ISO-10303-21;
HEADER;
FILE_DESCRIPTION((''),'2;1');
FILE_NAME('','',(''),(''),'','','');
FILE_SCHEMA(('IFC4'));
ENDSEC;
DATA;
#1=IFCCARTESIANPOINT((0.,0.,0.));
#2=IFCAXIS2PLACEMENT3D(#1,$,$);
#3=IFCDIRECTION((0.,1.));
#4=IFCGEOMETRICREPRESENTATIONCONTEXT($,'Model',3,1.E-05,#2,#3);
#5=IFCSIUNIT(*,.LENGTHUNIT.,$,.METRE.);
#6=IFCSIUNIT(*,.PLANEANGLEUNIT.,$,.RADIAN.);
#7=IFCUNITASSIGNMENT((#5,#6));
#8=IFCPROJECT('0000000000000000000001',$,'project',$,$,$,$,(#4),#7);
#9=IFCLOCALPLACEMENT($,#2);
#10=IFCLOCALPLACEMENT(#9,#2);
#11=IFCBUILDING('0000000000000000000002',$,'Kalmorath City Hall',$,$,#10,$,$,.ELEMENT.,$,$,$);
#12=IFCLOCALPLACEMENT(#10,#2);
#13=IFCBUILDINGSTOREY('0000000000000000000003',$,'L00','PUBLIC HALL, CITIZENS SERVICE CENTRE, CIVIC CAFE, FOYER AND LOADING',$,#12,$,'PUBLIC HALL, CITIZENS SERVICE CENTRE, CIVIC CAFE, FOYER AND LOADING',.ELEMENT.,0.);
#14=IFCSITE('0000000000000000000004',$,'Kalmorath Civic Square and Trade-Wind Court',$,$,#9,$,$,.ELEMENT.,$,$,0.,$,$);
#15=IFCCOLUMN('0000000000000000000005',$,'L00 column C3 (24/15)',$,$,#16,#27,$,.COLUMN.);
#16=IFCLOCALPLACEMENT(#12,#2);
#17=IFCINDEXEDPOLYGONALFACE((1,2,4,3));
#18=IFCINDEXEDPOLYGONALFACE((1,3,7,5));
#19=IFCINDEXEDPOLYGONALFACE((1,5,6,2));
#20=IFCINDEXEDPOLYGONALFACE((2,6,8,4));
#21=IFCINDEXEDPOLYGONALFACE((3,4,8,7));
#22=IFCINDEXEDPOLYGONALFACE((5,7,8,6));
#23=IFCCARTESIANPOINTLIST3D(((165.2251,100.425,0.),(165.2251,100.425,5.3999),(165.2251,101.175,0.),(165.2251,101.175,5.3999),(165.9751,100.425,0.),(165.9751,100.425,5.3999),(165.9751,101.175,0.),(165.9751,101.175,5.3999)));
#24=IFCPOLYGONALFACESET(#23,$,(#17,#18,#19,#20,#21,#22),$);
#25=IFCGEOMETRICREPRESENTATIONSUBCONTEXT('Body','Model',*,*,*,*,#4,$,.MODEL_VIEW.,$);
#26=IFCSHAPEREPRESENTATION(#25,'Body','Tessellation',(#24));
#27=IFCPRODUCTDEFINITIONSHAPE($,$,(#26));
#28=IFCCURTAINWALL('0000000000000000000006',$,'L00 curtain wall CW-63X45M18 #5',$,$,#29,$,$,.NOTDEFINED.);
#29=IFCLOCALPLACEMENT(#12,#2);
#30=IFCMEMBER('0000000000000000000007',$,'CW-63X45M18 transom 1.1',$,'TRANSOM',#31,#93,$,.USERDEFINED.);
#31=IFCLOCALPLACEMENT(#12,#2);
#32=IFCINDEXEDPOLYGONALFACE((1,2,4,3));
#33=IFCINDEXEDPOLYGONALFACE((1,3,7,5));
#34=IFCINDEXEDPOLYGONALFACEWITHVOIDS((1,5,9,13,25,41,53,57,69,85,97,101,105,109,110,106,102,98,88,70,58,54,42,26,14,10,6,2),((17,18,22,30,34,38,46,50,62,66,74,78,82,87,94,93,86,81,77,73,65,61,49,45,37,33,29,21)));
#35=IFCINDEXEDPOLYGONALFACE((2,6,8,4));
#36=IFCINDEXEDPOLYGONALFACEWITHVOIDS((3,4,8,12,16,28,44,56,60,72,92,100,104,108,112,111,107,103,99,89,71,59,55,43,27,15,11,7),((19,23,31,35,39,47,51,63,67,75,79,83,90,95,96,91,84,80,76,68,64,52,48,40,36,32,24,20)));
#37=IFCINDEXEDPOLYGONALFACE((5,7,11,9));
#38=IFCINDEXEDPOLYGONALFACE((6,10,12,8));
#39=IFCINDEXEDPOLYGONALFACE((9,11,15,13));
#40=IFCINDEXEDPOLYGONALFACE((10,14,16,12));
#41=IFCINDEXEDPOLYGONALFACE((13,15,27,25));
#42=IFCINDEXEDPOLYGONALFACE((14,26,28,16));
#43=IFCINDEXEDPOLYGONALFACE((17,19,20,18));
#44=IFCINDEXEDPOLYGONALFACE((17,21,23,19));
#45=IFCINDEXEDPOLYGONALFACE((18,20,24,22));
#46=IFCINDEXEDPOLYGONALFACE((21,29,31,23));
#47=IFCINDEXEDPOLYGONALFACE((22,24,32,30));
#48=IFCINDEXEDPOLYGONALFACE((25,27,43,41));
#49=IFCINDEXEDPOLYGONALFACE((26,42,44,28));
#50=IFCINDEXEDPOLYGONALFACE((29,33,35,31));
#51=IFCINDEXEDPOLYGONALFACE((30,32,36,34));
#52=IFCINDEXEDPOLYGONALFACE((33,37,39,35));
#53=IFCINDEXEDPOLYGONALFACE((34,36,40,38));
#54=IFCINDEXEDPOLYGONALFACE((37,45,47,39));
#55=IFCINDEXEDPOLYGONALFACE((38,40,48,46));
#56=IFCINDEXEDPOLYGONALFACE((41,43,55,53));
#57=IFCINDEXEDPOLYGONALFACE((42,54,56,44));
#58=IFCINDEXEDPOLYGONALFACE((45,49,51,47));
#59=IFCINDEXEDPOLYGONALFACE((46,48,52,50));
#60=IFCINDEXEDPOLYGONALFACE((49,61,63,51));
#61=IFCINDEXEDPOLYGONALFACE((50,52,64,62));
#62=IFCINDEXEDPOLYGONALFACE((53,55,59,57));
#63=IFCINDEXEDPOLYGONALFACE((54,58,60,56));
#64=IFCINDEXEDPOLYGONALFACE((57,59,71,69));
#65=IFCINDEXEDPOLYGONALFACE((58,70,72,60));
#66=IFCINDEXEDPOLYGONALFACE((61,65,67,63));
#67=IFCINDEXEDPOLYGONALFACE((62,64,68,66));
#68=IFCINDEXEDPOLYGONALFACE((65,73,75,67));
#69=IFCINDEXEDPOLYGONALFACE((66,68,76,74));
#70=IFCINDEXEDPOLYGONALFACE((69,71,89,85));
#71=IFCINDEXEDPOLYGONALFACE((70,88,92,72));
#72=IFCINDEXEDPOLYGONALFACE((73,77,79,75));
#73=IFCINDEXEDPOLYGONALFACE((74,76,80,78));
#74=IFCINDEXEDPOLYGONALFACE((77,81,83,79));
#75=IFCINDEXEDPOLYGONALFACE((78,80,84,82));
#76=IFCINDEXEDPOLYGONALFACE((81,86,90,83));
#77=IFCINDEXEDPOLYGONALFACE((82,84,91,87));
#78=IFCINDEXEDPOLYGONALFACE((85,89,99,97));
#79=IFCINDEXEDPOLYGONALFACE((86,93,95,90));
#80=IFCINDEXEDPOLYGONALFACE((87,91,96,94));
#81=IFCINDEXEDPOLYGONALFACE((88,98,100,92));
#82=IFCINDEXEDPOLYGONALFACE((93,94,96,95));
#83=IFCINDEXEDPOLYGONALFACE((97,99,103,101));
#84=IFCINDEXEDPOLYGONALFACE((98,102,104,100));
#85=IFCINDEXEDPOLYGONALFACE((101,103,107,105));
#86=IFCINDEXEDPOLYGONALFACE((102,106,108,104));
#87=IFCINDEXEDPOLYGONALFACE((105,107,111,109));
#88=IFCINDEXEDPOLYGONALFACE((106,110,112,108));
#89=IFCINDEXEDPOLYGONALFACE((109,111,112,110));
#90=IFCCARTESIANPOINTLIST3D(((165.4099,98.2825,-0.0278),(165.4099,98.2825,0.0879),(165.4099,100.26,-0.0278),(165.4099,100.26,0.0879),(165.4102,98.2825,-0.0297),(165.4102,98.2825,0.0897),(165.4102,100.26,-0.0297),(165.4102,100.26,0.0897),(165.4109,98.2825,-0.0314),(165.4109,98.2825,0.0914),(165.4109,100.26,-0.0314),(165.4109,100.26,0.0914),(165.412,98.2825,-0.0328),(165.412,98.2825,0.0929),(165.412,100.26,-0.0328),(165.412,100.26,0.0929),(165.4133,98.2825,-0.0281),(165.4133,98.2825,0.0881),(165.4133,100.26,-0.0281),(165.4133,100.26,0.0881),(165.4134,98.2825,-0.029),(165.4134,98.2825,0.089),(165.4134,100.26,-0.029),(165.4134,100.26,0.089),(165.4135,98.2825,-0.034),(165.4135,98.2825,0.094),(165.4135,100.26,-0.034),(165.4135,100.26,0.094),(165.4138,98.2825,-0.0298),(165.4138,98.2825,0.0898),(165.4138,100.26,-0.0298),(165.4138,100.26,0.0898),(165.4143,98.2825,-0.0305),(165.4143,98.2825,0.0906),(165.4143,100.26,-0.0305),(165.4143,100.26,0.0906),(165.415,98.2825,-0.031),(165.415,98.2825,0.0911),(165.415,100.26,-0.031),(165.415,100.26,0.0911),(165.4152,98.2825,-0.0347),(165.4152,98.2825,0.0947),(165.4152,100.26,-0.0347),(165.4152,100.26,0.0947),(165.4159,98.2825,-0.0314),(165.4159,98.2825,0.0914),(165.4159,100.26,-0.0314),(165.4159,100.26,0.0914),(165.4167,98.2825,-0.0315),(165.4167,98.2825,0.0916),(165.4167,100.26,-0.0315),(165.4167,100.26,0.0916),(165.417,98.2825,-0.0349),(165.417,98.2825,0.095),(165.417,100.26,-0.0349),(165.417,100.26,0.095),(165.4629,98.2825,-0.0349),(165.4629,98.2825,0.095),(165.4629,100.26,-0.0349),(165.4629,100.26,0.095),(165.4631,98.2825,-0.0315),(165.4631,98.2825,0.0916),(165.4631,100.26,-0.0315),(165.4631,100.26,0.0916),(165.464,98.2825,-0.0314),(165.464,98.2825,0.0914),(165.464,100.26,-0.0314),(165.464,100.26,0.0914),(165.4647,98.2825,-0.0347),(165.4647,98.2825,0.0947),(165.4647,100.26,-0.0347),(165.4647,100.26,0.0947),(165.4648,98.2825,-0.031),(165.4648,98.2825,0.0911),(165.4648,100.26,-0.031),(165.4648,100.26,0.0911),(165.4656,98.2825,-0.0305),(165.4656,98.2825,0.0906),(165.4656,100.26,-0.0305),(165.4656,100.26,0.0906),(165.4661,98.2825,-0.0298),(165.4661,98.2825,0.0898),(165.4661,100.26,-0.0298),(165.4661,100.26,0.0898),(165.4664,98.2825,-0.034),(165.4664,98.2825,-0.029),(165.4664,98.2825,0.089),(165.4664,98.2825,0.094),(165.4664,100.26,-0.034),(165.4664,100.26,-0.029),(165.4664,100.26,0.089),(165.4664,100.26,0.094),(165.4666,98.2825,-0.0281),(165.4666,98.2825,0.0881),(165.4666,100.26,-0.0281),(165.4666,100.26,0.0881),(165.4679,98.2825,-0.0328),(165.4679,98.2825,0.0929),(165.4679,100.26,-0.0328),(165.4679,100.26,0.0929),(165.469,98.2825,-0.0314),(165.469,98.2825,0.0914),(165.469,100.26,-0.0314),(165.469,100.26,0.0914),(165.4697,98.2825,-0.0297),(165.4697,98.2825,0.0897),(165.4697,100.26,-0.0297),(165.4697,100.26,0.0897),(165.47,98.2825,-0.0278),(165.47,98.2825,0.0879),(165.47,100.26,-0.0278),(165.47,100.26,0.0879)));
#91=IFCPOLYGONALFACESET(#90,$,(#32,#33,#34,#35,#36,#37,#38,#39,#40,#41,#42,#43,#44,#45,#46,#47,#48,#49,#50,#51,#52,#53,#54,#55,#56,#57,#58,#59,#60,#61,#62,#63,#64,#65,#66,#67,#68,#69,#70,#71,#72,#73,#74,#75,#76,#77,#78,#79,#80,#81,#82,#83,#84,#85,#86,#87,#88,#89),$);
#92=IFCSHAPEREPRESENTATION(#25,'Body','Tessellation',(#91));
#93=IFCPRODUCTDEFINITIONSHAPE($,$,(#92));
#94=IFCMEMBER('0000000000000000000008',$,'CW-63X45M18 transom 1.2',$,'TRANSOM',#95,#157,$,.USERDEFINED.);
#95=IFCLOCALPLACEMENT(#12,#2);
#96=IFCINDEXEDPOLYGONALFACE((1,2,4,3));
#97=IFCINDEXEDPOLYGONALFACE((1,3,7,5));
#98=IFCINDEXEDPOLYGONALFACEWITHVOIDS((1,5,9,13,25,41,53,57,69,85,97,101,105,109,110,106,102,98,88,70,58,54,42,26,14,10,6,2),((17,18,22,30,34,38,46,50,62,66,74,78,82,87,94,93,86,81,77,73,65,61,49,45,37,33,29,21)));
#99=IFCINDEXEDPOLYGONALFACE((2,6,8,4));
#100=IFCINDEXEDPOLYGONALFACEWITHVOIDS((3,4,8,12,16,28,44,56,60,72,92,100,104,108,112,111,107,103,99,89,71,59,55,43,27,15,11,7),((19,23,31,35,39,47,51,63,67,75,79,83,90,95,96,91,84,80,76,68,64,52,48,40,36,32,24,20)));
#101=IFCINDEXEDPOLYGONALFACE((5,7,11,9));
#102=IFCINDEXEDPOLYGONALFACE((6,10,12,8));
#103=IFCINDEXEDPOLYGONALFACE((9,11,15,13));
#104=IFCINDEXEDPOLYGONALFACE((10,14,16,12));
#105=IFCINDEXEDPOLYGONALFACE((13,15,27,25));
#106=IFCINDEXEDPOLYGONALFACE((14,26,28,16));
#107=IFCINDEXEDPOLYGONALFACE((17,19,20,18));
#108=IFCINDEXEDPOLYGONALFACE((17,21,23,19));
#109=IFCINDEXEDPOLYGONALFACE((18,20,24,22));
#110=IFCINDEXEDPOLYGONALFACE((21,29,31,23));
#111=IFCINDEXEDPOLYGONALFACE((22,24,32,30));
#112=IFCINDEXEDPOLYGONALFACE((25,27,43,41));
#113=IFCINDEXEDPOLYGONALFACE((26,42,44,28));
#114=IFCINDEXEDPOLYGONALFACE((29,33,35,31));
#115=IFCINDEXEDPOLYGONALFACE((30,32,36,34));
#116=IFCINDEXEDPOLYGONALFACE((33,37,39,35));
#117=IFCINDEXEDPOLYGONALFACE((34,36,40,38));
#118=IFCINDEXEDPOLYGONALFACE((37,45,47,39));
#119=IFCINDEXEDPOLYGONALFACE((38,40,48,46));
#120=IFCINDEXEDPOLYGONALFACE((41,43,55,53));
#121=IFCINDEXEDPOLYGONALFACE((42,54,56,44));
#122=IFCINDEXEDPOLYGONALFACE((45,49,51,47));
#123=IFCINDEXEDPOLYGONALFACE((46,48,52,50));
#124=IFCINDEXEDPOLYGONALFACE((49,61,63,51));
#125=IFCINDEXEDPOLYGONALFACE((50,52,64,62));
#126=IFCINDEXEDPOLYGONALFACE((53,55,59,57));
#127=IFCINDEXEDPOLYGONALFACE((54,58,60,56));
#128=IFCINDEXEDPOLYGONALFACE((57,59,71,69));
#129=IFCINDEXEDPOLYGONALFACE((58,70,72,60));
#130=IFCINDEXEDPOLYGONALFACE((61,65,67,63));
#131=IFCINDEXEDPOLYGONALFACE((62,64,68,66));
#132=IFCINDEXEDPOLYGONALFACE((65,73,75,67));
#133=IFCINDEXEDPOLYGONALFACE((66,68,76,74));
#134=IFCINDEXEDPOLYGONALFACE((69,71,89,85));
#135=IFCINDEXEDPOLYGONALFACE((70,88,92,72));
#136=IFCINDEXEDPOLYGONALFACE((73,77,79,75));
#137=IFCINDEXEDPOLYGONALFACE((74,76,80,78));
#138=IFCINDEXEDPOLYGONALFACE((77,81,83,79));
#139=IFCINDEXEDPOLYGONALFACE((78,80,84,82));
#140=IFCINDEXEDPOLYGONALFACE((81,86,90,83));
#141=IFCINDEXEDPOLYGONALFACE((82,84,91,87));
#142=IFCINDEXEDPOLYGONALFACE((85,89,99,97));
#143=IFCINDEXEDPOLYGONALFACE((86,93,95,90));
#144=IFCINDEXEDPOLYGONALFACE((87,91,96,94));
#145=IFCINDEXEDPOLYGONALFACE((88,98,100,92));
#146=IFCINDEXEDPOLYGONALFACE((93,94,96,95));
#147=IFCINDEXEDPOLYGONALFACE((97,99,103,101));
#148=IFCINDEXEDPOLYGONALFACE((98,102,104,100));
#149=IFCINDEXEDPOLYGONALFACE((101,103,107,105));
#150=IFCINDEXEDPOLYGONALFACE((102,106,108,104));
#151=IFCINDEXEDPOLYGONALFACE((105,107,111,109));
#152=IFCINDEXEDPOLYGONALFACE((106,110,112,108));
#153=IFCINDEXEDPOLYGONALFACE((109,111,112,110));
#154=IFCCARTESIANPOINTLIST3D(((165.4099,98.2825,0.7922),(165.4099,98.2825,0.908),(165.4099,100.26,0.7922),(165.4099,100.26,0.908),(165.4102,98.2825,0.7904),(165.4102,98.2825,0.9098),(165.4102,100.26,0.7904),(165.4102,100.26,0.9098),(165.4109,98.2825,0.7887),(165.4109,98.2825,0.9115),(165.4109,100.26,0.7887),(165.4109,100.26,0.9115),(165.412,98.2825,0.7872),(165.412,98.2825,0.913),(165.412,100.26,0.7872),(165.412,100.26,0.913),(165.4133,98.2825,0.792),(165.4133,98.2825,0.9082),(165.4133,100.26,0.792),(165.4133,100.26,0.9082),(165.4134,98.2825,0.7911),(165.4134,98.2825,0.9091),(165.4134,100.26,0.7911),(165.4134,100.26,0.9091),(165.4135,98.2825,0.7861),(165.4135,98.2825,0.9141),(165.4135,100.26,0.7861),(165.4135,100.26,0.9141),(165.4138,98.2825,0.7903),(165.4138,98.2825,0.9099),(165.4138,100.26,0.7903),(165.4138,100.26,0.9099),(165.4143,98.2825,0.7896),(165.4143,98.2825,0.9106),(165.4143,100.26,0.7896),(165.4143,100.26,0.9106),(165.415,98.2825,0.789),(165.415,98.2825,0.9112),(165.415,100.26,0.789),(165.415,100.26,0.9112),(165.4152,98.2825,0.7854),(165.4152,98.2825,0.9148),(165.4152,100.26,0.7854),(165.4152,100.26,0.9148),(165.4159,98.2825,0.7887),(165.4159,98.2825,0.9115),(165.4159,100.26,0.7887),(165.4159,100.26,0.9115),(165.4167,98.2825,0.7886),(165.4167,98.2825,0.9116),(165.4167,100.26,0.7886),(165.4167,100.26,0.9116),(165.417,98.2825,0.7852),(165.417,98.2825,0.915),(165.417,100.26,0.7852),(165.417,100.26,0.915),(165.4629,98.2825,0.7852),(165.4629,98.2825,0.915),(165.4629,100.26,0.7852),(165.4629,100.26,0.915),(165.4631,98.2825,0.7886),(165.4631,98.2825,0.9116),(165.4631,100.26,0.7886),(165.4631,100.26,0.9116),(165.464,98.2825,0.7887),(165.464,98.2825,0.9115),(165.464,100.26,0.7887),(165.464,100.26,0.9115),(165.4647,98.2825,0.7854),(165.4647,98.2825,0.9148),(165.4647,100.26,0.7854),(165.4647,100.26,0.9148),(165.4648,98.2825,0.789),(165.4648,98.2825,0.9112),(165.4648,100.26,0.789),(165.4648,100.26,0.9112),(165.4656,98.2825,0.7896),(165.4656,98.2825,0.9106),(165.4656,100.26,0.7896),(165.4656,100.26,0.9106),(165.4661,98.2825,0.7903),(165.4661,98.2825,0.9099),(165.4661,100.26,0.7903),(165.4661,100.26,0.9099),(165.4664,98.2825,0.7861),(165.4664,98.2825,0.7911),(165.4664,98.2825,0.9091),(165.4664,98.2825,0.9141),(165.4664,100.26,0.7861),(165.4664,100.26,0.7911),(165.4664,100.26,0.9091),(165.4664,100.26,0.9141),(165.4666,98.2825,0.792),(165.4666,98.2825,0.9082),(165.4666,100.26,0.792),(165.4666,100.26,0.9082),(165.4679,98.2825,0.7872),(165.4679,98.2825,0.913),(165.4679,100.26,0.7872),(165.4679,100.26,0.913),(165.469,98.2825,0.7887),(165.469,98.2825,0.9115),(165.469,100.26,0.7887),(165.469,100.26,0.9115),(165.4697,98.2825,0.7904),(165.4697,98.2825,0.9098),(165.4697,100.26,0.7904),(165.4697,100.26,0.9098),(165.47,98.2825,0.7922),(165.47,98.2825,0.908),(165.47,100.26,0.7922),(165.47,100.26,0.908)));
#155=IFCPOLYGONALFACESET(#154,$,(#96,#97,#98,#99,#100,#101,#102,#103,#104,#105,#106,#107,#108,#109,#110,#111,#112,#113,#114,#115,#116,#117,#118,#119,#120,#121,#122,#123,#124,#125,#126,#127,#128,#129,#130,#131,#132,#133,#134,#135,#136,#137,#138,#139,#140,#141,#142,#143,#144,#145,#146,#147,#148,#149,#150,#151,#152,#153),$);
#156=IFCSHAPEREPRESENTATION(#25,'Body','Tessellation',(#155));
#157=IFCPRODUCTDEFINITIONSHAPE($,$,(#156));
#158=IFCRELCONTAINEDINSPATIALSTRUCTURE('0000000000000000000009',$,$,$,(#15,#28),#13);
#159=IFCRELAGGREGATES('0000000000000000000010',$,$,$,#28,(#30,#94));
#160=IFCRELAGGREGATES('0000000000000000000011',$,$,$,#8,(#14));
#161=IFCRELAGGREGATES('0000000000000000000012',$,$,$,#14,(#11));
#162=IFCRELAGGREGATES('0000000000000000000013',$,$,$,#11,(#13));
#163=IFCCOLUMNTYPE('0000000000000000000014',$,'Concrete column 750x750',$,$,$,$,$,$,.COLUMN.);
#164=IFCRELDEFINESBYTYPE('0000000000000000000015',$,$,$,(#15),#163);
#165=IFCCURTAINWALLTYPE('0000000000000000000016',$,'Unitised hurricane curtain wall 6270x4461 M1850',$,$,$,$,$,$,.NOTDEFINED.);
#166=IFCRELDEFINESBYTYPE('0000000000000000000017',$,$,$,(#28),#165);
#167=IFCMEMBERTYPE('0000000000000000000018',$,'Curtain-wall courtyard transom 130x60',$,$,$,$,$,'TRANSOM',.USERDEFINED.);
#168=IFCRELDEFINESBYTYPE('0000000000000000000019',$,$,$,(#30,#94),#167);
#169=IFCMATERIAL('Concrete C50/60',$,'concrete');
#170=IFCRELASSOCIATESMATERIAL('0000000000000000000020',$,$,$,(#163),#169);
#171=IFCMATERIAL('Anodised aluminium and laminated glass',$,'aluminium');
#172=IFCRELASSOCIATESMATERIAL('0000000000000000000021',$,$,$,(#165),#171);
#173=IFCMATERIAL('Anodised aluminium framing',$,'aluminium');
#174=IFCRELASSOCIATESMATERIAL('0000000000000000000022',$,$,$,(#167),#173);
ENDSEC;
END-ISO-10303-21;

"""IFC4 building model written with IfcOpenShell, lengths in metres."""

from ifc_helpers import new_model, si_unit, direction, frame, origin, origin_2d, place, context, subcontext, project, spatial, rectangle, hollow_rectangle, extrude, material, material_profile, profile_set, type_object, element, aggregate, save


model = new_model("IFC4")

# Units and contexts
model_context = context("Model", 3, precision=1e-05, world=origin(), true_north=direction((0.0, 1.0)))
body_context = subcontext(model_context, "Body", "Model", "MODEL_VIEW")
ifc_project = project(units=[si_unit("LENGTHUNIT", "METRE"), si_unit("PLANEANGLEUNIT", "RADIAN")], contexts=[model_context])

# Site, building, storey
site_placement = place(None, origin())
site = spatial("IfcSite", under=ifc_project, at=site_placement, Name="Kalmorath Civic Square and Trade-Wind Court", CompositionType="ELEMENT", RefElevation=0.0)
building_placement = place(site_placement, origin())
building = spatial("IfcBuilding", under=site, at=building_placement, Name="Kalmorath City Hall", CompositionType="ELEMENT")
storey_placement = place(building_placement, origin())
storey = spatial("IfcBuildingStorey", under=building, at=storey_placement, Name="L00", Description="PUBLIC HALL, CITIZENS SERVICE CENTRE, CIVIC CAFE, FOYER AND LOADING", LongName="PUBLIC HALL, CITIZENS SERVICE CENTRE, CIVIC CAFE, FOYER AND LOADING", CompositionType="ELEMENT", Elevation=0.0)

# Column
ifc_material_1 = material(Name="Concrete C50/60", Category="concrete")
ifc_material_profile_1 = material_profile(ifc_material_1, rectangle(XDim=0.75, YDim=0.75, at=origin_2d()), Name="RC-COL-750X750")
ifc_profile_set_1 = profile_set([ifc_material_profile_1], Name="Concrete C50/60")
column_type = type_object("IfcColumnType", Name="Concrete column 750x750", PredefinedType="COLUMN", material=ifc_profile_set_1)
column_placement = place(storey_placement, frame((165.6001, 100.8, 0.0), z_axis=(0.0, 0.0, 1.0), x_axis=(1.0, 0.0, 0.0)))
element("IfcColumn", 1, at=column_placement, inside=storey, type_object=column_type, Name="L00 column C3 (24/15)", PredefinedType="COLUMN", context=body_context, shape_type="SweptSolid", body=[
    extrude(rectangle(XDim=0.75, YDim=0.75, at=origin_2d()), origin(), (0.0, 0.0, 1.0), 5.3999),
])

# Curtain wall, members
ifc_material_2 = material(Name="Anodised aluminium and laminated glass", Category="aluminium")
curtain_wall_type_1 = type_object("IfcCurtainWallType", Name="Unitised hurricane curtain wall 6270x4461 M1850", PredefinedType="NOTDEFINED", material=ifc_material_2)
curtain_wall_1_placement = place(storey_placement, origin())
curtain_wall_1 = element("IfcCurtainWall", 2, at=curtain_wall_1_placement, inside=storey, type_object=curtain_wall_type_1, Name="L00 curtain wall CW-63X45M18 #5", PredefinedType="NOTDEFINED")
ifc_material_3 = material(Name="Anodised aluminium framing", Category="aluminium")
ifc_material_profile_2 = material_profile(ifc_material_3, hollow_rectangle(XDim=0.0601, YDim=0.1299, WallThickness=0.0034, InnerFilletRadius=0.0034, OuterFilletRadius=0.0071, at=origin_2d()), Name="ALU-TRN-130X60X3.5")
ifc_profile_set_2 = profile_set([ifc_material_profile_2], Name="Anodised aluminium framing")
member_type_1 = type_object("IfcMemberType", Name="Curtain-wall courtyard transom 130x60", ElementType="TRANSOM", PredefinedType="USERDEFINED", material=ifc_profile_set_2)
member_1_placement = place(storey_placement, frame((165.4399, 100.26, 0.03), z_axis=(0.0, -1.0, 0.0), x_axis=(1.0, 0.0, 0.0)))
member_1 = element("IfcMember", 3, at=member_1_placement, type_object=member_type_1, Name="CW-63X45M18 transom 1.1", ObjectType="TRANSOM", PredefinedType="USERDEFINED", context=body_context, shape_type="SweptSolid", body=[
    extrude(hollow_rectangle(XDim=0.0601, YDim=0.1299, WallThickness=0.0034, InnerFilletRadius=0.0034, OuterFilletRadius=0.0071, at=origin_2d()), origin(), (0.0, 0.0, 1.0), 1.9775),
])
member_2_placement = place(storey_placement, frame((165.4399, 100.26, 0.8501), z_axis=(0.0, -1.0, 0.0), x_axis=(1.0, 0.0, 0.0)))
member_2 = element("IfcMember", 4, at=member_2_placement, type_object=member_type_1, Name="CW-63X45M18 transom 1.2", ObjectType="TRANSOM", PredefinedType="USERDEFINED", context=body_context, shape_type="SweptSolid", body=[
    extrude(hollow_rectangle(XDim=0.0601, YDim=0.1299, WallThickness=0.0034, InnerFilletRadius=0.0034, OuterFilletRadius=0.0071, at=origin_2d()), origin(), (0.0, 0.0, 1.0), 1.9775),
])

aggregate(curtain_wall_1, [member_1, member_2])

save(model, "model.ifc")
